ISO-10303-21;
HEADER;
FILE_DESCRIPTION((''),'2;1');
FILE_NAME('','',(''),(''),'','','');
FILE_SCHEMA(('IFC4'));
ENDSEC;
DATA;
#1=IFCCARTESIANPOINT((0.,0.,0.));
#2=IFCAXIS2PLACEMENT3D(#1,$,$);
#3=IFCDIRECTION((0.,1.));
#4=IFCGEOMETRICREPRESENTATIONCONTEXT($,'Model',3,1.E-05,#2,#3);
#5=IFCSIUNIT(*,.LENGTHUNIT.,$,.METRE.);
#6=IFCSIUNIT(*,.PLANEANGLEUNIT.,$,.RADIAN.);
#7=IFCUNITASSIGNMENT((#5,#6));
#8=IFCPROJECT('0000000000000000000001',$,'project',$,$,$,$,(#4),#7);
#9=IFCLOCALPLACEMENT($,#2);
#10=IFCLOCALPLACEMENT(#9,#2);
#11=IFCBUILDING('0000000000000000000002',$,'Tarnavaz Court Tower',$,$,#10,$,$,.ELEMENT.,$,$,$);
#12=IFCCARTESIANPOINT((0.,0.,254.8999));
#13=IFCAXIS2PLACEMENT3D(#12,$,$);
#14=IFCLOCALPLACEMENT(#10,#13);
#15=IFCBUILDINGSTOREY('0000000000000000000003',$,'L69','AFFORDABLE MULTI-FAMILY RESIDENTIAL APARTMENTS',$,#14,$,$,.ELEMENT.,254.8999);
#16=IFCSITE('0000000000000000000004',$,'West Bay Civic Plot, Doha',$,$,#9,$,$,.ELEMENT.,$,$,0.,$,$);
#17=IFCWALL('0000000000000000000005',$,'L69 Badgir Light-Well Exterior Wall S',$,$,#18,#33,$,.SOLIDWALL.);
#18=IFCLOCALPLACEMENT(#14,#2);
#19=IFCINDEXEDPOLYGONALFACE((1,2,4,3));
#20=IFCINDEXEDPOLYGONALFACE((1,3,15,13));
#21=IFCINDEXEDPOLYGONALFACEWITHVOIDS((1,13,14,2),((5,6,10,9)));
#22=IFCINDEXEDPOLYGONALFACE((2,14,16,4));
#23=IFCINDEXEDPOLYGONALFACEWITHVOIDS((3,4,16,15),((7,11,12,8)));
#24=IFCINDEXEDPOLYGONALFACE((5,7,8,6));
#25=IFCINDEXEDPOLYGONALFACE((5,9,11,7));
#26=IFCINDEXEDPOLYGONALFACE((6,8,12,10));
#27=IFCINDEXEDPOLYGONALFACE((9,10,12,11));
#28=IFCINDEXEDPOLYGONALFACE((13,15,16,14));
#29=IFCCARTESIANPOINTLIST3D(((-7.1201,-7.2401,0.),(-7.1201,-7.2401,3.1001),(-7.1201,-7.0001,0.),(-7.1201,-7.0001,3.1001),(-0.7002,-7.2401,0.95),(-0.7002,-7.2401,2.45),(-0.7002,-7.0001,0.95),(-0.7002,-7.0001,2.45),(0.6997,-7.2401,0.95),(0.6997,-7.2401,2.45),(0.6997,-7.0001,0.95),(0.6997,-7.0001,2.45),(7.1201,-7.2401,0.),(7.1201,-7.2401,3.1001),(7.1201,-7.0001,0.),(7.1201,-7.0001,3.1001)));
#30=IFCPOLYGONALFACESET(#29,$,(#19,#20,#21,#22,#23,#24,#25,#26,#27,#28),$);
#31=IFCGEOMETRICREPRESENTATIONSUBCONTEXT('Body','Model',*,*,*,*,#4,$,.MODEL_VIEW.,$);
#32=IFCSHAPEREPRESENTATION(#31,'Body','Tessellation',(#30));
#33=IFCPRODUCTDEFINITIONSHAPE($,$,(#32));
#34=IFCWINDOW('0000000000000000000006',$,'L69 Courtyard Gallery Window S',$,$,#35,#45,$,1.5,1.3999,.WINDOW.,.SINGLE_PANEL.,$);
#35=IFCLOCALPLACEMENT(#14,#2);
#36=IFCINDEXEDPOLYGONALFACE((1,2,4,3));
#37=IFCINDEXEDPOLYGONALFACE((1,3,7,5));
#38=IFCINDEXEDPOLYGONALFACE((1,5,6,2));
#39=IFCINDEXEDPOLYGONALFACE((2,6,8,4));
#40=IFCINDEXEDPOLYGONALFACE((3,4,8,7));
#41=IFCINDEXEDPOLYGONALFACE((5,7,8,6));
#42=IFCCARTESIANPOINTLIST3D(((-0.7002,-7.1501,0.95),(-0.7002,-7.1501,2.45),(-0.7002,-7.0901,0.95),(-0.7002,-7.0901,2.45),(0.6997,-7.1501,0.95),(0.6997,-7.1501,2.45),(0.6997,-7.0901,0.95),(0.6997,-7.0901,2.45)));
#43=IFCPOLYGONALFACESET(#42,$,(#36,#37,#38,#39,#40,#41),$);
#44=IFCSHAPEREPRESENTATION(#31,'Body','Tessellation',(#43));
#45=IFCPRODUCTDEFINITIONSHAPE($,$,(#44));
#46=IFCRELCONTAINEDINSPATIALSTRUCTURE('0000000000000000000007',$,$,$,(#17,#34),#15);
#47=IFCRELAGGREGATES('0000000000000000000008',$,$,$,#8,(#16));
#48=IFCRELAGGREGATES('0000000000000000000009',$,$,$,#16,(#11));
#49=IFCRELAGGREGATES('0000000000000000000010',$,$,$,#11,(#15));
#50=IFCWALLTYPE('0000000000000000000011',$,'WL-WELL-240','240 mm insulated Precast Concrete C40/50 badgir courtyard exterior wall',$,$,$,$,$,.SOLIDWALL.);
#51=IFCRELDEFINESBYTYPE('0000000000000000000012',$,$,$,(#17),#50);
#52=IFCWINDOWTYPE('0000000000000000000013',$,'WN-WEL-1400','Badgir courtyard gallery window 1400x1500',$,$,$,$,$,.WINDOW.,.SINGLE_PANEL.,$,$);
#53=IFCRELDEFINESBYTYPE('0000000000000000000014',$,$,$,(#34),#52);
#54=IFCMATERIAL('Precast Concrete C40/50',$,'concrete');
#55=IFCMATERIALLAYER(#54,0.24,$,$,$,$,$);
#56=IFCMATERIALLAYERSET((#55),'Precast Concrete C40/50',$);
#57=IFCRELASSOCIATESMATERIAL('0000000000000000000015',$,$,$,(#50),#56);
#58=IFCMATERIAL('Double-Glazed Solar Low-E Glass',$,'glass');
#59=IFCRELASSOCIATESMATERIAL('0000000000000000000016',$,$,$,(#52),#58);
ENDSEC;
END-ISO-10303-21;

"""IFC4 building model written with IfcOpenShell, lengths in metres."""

from ifc_helpers import new_model, si_unit, direction, frame, frame_2d, origin, place, context, subcontext, project, spatial, rectangle, extrude, material, layer, layer_set, type_object, element, fill, save


model = new_model("IFC4")

# Units and contexts
model_context = context("Model", 3, precision=1e-05, world=origin(), true_north=direction((0.0, 1.0)))
body_context = subcontext(model_context, "Body", "Model", "MODEL_VIEW")
ifc_project = project(units=[si_unit("LENGTHUNIT", "METRE"), si_unit("PLANEANGLEUNIT", "RADIAN")], contexts=[model_context])

# Site, building, storey
site_placement = place(None, origin())
site = spatial("IfcSite", under=ifc_project, at=site_placement, Name="West Bay Civic Plot, Doha", CompositionType="ELEMENT", RefElevation=0.0)
building_placement = place(site_placement, origin())
building = spatial("IfcBuilding", under=site, at=building_placement, Name="Tarnavaz Court Tower", CompositionType="ELEMENT")
storey_placement = place(building_placement, frame((0.0, 0.0, 254.8999)))
storey = spatial("IfcBuildingStorey", under=building, at=storey_placement, Name="L69", Description="AFFORDABLE MULTI-FAMILY RESIDENTIAL APARTMENTS", CompositionType="ELEMENT", Elevation=254.8999)

# Wall, opening, window
ifc_material_1 = material(Name="Precast Concrete C40/50", Category="concrete")
ifc_layer_1 = layer(ifc_material_1, 0.24)
ifc_layer_set_1 = layer_set([ifc_layer_1], Name="Precast Concrete C40/50")
wall_type_1 = type_object("IfcWallType", Name="WL-WELL-240", Description="240 mm insulated Precast Concrete C40/50 badgir courtyard exterior wall", PredefinedType="SOLIDWALL", material=ifc_layer_set_1)
wall_1_placement = place(storey_placement, frame((-7.1201, -7.1201, 0.0), z_axis=(0.0, 0.0, 1.0), x_axis=(1.0, 0.0, 0.0)))
wall_1 = element("IfcWall", 1, at=wall_1_placement, inside=storey, type_object=wall_type_1, Name="L69 Badgir Light-Well Exterior Wall S", PredefinedType="SOLIDWALL", context=body_context, shape_type="SweptSolid", body=[
    extrude(rectangle(XDim=14.2402, YDim=0.24, at=frame_2d((7.1201, 0.0))), origin(), (0.0, 0.0, 1.0), 3.1001),
])
opening_1_placement = place(wall_1_placement, frame((6.4199, 0.0, 0.95)))
opening_1 = element("IfcOpeningElement", 2, at=opening_1_placement, cuts=wall_1, PredefinedType="OPENING", context=body_context, shape_type="SweptSolid", body=[
    extrude(rectangle(XDim=1.3999, YDim=1.5, at=frame_2d((0.7, 0.75))), frame((0.0, 0.1299, 0.0), z_axis=(0.0, -1.0, 0.0), x_axis=(1.0, 0.0, 0.0)), (0.0, 0.0, 1.0), 0.26),
])
ifc_material_2 = material(Name="Double-Glazed Solar Low-E Glass", Category="glass")
window_type = type_object("IfcWindowType", Name="WN-WEL-1400", Description="Badgir courtyard gallery window 1400x1500", PartitioningType="SINGLE_PANEL", PredefinedType="WINDOW", material=ifc_material_2)
window_placement = place(opening_1_placement, origin())
window = element("IfcWindow", 3, at=window_placement, inside=storey, type_object=window_type, Name="L69 Courtyard Gallery Window S", OverallHeight=1.5, OverallWidth=1.3999, PartitioningType="SINGLE_PANEL", PredefinedType="WINDOW", context=body_context, shape_type="SweptSolid", body=[
    extrude(rectangle(XDim=1.3999, YDim=1.5, at=frame_2d((0.7, 0.75))), frame((0.0, 0.03, 0.0), z_axis=(0.0, -1.0, 0.0), x_axis=(1.0, 0.0, 0.0)), (0.0, 0.0, 1.0), 0.0601),
])
fill(opening_1, window)

save(model, "model.ifc")
